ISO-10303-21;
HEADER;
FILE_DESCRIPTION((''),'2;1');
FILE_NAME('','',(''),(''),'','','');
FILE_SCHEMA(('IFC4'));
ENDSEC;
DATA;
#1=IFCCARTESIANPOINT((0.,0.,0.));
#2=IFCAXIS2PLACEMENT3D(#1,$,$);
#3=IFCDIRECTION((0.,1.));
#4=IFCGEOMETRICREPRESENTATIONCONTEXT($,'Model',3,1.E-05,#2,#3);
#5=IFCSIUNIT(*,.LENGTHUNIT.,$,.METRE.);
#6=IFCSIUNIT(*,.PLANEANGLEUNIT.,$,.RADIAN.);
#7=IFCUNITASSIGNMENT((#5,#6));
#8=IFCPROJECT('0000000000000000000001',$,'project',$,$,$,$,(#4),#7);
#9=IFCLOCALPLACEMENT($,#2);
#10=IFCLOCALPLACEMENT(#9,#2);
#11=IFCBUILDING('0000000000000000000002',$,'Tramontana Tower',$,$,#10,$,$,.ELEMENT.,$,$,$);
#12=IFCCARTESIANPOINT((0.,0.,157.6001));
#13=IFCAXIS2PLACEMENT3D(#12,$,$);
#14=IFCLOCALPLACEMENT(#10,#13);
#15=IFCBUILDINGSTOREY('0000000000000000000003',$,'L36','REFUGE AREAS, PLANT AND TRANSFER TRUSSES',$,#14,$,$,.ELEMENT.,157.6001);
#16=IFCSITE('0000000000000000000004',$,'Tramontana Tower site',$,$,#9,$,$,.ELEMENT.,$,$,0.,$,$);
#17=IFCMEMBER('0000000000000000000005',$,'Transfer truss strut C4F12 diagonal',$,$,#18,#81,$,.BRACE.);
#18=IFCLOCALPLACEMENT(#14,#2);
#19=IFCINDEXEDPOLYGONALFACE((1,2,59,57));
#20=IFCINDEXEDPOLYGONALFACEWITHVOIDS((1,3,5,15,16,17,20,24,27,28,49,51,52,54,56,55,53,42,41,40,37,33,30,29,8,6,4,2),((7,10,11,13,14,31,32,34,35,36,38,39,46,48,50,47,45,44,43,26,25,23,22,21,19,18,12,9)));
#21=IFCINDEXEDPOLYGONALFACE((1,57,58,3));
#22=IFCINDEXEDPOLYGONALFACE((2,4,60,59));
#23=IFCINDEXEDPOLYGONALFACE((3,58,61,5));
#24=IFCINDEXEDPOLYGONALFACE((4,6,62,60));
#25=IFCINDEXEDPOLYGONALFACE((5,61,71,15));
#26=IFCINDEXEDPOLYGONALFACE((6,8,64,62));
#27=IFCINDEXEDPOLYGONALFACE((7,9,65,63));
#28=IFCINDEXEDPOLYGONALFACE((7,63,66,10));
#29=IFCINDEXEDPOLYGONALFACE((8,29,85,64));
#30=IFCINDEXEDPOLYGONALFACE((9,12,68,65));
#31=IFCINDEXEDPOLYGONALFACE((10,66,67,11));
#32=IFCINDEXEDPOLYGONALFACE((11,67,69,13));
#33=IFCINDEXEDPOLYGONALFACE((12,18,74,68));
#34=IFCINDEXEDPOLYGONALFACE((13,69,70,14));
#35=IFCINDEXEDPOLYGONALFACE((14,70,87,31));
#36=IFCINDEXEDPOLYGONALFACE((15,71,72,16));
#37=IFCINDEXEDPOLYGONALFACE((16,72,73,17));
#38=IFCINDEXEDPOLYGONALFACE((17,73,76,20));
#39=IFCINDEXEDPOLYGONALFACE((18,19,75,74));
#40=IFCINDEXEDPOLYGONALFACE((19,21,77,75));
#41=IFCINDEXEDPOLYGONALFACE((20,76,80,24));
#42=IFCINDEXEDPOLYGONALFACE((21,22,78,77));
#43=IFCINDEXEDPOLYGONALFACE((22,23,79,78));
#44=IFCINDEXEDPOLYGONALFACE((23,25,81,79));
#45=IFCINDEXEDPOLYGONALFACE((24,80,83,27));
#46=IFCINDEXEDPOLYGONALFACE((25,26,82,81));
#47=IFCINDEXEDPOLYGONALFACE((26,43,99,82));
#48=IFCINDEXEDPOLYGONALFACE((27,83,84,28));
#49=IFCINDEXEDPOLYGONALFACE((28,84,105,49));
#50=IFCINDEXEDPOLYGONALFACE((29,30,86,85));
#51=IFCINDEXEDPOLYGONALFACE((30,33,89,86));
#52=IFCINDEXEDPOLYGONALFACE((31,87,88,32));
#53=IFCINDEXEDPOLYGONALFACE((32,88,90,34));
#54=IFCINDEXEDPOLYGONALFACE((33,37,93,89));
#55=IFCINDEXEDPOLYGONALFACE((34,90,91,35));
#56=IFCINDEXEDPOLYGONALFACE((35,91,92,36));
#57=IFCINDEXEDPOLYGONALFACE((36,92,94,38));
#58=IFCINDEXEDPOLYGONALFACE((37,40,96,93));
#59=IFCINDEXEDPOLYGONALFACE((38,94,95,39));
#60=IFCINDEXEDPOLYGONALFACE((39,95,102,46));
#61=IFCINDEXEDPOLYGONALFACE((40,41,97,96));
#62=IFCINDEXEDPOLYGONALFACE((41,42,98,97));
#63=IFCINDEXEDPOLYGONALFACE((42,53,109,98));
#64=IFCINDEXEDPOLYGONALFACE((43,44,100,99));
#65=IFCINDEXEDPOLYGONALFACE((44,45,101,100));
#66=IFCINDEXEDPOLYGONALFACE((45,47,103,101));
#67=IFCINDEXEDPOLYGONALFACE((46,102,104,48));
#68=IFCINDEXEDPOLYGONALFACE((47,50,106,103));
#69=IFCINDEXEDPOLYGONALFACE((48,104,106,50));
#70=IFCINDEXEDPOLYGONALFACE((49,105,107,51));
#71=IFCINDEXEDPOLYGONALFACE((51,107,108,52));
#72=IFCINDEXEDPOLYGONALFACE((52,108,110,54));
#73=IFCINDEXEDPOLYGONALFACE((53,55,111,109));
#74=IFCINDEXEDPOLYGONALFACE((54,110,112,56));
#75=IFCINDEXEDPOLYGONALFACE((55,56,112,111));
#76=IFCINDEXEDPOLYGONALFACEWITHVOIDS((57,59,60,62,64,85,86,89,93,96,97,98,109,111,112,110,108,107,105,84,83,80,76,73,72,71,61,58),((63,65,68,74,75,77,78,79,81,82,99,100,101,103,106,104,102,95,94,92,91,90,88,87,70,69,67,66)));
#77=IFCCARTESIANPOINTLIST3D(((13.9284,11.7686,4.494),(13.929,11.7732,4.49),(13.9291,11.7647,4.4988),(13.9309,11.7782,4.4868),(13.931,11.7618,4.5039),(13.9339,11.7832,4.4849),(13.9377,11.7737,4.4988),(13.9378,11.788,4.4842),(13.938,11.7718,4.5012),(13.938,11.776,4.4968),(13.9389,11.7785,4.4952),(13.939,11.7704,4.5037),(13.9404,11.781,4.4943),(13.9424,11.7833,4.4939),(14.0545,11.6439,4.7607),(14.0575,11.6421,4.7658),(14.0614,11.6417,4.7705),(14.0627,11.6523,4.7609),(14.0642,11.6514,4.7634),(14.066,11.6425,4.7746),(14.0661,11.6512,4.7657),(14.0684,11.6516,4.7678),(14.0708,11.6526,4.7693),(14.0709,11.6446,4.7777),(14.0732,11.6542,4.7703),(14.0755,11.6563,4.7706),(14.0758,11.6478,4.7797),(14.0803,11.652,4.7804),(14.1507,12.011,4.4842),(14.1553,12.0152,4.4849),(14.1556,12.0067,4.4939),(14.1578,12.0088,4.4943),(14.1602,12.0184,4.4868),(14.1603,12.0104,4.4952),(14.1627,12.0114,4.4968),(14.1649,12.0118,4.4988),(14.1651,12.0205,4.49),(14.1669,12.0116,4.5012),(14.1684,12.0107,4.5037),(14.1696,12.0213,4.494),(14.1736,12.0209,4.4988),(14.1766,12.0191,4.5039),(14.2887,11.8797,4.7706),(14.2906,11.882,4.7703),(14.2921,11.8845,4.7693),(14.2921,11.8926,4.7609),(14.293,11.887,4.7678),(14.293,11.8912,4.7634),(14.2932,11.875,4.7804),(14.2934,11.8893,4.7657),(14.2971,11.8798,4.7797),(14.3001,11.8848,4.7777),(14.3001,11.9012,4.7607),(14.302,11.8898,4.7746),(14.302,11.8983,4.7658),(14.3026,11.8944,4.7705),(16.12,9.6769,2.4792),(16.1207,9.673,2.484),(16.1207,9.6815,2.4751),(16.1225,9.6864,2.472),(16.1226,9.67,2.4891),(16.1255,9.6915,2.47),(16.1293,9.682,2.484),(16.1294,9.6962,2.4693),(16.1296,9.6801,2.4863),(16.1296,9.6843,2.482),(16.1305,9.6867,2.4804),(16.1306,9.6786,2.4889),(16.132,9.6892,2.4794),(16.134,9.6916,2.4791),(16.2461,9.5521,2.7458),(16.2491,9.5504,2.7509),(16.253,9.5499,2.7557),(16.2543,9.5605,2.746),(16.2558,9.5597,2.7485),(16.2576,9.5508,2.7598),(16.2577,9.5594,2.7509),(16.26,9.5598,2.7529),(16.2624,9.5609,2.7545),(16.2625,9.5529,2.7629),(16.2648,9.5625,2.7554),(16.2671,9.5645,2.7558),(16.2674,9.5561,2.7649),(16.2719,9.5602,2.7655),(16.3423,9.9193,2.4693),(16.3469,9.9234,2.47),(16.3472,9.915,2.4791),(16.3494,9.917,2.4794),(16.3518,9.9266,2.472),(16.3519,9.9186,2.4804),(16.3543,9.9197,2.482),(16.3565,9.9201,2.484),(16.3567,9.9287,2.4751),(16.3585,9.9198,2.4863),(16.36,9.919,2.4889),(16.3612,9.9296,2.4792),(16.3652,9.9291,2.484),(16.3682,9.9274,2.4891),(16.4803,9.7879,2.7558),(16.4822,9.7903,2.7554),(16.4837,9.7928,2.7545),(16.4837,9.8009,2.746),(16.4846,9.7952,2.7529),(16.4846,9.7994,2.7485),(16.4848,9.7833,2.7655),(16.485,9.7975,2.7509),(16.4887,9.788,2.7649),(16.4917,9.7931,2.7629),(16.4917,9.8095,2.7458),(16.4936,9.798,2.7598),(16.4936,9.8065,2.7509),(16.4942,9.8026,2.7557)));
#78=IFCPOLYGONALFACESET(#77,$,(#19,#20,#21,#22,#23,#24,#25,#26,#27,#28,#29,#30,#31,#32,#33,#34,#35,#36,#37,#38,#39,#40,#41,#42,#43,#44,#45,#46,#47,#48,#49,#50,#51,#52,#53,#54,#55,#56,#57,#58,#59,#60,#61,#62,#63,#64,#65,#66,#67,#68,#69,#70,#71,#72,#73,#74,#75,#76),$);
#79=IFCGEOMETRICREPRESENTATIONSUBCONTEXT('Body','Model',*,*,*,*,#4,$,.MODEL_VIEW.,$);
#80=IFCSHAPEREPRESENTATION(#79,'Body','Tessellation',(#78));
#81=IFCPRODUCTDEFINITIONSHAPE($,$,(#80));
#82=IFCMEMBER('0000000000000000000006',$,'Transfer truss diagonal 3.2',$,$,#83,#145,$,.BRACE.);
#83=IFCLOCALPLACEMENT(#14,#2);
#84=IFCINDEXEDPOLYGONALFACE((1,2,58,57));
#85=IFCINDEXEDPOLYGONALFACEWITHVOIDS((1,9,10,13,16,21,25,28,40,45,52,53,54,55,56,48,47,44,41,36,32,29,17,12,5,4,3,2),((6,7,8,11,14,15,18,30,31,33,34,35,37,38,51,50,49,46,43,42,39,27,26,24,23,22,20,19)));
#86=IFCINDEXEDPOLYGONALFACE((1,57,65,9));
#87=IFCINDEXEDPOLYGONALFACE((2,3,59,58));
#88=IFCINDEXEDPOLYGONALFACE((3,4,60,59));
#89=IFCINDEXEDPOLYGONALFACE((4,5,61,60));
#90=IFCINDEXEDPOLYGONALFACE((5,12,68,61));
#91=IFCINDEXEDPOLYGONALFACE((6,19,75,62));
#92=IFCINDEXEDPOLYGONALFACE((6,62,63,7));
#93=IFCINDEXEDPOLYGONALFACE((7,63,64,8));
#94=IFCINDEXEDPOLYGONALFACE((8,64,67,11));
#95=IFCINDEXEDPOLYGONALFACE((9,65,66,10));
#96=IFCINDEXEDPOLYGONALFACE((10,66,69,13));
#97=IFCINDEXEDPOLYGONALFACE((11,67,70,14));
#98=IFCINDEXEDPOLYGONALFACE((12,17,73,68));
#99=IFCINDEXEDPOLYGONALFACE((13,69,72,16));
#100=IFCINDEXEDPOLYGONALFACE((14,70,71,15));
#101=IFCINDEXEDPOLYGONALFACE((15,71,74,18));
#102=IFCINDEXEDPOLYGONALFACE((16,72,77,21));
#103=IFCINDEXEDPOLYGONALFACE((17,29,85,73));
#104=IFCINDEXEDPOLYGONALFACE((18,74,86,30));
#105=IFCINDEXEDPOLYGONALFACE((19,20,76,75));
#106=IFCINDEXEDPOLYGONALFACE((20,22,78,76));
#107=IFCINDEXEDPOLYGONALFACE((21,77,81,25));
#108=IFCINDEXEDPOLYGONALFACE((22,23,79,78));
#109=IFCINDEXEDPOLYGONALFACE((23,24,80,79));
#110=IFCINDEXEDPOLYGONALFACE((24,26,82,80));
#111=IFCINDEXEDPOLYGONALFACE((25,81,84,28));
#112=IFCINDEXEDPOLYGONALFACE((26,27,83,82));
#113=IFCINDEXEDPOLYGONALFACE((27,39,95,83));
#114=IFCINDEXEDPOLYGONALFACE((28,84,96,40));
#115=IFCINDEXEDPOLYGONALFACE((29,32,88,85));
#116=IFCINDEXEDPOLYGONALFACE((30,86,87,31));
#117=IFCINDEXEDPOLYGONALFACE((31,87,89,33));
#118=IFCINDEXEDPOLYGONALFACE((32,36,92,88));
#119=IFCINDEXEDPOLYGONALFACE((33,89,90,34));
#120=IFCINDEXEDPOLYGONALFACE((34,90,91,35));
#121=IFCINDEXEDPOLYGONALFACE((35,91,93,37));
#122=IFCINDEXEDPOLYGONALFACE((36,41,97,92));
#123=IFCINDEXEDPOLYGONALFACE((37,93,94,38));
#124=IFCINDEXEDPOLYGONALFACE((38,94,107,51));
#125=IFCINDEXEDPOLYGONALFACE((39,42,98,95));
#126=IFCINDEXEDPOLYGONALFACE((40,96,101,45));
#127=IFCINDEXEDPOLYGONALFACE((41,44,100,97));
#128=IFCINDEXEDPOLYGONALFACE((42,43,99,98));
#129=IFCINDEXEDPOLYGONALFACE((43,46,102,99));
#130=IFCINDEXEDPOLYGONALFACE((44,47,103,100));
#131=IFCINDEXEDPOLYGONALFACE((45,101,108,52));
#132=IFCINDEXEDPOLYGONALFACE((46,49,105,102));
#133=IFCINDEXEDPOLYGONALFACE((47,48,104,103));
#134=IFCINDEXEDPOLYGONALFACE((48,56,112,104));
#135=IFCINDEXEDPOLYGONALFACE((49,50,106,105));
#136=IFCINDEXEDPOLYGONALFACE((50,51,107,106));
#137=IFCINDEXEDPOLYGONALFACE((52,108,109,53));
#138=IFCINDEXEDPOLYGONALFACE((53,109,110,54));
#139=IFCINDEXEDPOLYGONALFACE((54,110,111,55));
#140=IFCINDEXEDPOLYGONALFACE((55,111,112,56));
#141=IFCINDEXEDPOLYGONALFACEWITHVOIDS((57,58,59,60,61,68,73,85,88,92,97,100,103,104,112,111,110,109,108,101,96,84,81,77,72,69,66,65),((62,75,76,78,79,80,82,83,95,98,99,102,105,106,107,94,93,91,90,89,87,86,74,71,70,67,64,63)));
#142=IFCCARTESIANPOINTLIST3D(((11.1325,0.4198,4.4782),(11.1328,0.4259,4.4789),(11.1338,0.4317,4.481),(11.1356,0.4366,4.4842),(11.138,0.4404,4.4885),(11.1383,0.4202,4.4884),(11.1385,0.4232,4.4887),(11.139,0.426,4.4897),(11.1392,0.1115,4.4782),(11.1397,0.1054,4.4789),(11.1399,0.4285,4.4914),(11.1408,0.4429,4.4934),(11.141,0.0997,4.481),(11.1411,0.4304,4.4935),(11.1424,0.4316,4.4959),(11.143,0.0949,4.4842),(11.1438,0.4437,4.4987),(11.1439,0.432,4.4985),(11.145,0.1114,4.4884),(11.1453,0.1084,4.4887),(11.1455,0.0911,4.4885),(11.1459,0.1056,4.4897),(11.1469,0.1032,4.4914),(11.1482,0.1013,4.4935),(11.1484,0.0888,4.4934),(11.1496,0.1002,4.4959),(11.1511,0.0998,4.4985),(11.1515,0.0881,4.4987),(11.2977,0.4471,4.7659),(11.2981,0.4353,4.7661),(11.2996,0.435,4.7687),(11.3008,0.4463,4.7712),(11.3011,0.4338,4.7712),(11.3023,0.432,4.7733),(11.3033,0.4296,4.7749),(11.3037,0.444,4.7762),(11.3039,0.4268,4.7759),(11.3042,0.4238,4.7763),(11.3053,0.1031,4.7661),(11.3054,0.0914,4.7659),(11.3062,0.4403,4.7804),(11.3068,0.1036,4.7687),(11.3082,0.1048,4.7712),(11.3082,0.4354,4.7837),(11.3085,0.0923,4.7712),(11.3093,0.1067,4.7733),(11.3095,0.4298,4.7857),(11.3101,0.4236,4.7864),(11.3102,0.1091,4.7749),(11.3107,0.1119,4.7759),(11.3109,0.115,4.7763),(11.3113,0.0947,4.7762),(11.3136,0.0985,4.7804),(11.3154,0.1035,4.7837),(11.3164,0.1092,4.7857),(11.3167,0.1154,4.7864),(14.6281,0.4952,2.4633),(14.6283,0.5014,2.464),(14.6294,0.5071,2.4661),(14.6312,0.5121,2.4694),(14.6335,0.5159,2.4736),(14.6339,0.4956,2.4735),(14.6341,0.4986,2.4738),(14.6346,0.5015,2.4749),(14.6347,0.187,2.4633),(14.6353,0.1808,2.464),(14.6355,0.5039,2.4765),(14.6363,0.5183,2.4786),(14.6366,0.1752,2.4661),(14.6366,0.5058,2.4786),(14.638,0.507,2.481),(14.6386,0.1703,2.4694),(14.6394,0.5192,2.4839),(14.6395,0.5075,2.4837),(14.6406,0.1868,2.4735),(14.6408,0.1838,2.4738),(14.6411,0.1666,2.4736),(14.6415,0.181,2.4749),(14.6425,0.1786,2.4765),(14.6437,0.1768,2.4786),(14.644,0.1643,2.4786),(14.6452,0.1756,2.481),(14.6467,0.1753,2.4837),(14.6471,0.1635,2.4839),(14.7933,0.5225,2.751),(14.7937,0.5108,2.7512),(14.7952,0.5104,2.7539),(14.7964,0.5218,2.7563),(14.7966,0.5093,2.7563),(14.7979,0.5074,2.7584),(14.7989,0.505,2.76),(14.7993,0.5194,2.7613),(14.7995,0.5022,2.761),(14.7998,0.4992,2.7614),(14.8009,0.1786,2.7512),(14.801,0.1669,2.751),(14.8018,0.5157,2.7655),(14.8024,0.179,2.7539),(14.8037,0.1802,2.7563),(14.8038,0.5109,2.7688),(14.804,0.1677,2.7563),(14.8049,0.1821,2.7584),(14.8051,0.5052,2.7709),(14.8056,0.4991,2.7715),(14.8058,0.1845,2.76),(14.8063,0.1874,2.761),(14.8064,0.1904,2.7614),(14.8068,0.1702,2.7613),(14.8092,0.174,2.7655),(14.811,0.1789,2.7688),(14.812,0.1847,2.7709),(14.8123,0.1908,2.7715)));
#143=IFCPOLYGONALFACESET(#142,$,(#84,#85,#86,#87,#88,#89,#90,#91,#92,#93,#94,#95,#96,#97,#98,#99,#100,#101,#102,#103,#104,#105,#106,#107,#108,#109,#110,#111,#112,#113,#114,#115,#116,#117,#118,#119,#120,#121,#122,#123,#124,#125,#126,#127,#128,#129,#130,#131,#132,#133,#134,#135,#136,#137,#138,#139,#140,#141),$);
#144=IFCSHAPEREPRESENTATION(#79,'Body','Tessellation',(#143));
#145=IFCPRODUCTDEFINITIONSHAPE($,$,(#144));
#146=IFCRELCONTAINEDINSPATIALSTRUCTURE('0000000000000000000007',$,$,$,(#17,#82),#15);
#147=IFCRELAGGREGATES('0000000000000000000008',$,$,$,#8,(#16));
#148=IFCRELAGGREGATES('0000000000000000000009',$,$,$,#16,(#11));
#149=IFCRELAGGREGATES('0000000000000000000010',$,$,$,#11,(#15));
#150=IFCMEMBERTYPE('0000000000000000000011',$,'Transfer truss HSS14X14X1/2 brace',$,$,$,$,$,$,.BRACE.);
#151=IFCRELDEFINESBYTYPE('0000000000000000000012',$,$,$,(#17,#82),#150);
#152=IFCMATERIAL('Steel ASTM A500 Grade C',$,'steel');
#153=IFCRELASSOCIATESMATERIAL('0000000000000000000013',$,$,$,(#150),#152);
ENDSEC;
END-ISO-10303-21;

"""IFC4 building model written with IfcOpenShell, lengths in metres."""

from ifc_helpers import new_model, si_unit, direction, frame, origin, origin_2d, place, context, subcontext, project, spatial, hollow_rectangle, extrude, material, material_profile, profile_set, type_object, element, save


model = new_model("IFC4")

# Units and contexts
model_context = context("Model", 3, precision=1e-05, world=origin(), true_north=direction((0.0, 1.0)))
body_context = subcontext(model_context, "Body", "Model", "MODEL_VIEW")
ifc_project = project(units=[si_unit("LENGTHUNIT", "METRE"), si_unit("PLANEANGLEUNIT", "RADIAN")], contexts=[model_context])

# Site, building, storey
site_placement = place(None, origin())
site = spatial("IfcSite", under=ifc_project, at=site_placement, Name="Tramontana Tower site", CompositionType="ELEMENT", RefElevation=0.0)
building_placement = place(site_placement, origin())
building = spatial("IfcBuilding", under=site, at=building_placement, Name="Tramontana Tower", CompositionType="ELEMENT")
storey_placement = place(building_placement, frame((0.0, 0.0, 157.6001)))
storey = spatial("IfcBuildingStorey", under=building, at=storey_placement, Name="L36", Description="REFUGE AREAS, PLANT AND TRANSFER TRUSSES", CompositionType="ELEMENT", Elevation=157.6001)

# Members
ifc_material_1 = material(Name="Steel ASTM A500 Grade C", Category="steel")
ifc_material_profile_1 = material_profile(ifc_material_1, hollow_rectangle(XDim=0.3557, YDim=0.3557, WallThickness=0.0117, InnerFilletRadius=0.0117, OuterFilletRadius=0.0237, at=origin_2d()), Name="HSS14X14X1/2")
ifc_profile_set_1 = profile_set([ifc_material_profile_1], Name="Steel ASTM A500 Grade C")
member_type_1 = type_object("IfcMemberType", Name="Transfer truss HSS14X14X1/2 brace", PredefinedType="BRACE", material=ifc_profile_set_1)
member_1_placement = place(storey_placement, frame((16.3071, 9.7397, 2.6174), z_axis=(-0.602349, 0.574905, 0.553769), x_axis=(-0.690435, -0.723394, 0.0)))
element("IfcMember", 1, at=member_1_placement, inside=storey, type_object=member_type_1, Name="Transfer truss strut C4F12 diagonal", PredefinedType="BRACE", context=body_context, shape_type="SweptSolid", body=[
    extrude(hollow_rectangle(XDim=0.3557, YDim=0.3557, WallThickness=0.0117, InnerFilletRadius=0.0117, OuterFilletRadius=0.0237, at=origin_2d()), origin(), (0.0, 0.0, 1.0), 3.6384),
])
for number, where, z_axis, x_axis, name in (
    (2, (11.2246, 0.2676, 4.6323), (0.866228, 0.018694, -0.4993), (-0.021576, 0.999767, 0.0), "Transfer truss diagonal 3.2"),
):
    element("IfcMember", number, at=place(storey_placement, frame(where, z_axis=z_axis, x_axis=x_axis)), inside=storey, type_object=member_type_1, Name=name, PredefinedType="BRACE", context=body_context, shape_type="SweptSolid", body=[
        extrude(hollow_rectangle(XDim=0.3557, YDim=0.3557, WallThickness=0.0117, InnerFilletRadius=0.0117, OuterFilletRadius=0.0237, at=origin_2d()), origin(), (0.0, 0.0, 1.0), 4.0354),
    ])

save(model, "model.ifc")
